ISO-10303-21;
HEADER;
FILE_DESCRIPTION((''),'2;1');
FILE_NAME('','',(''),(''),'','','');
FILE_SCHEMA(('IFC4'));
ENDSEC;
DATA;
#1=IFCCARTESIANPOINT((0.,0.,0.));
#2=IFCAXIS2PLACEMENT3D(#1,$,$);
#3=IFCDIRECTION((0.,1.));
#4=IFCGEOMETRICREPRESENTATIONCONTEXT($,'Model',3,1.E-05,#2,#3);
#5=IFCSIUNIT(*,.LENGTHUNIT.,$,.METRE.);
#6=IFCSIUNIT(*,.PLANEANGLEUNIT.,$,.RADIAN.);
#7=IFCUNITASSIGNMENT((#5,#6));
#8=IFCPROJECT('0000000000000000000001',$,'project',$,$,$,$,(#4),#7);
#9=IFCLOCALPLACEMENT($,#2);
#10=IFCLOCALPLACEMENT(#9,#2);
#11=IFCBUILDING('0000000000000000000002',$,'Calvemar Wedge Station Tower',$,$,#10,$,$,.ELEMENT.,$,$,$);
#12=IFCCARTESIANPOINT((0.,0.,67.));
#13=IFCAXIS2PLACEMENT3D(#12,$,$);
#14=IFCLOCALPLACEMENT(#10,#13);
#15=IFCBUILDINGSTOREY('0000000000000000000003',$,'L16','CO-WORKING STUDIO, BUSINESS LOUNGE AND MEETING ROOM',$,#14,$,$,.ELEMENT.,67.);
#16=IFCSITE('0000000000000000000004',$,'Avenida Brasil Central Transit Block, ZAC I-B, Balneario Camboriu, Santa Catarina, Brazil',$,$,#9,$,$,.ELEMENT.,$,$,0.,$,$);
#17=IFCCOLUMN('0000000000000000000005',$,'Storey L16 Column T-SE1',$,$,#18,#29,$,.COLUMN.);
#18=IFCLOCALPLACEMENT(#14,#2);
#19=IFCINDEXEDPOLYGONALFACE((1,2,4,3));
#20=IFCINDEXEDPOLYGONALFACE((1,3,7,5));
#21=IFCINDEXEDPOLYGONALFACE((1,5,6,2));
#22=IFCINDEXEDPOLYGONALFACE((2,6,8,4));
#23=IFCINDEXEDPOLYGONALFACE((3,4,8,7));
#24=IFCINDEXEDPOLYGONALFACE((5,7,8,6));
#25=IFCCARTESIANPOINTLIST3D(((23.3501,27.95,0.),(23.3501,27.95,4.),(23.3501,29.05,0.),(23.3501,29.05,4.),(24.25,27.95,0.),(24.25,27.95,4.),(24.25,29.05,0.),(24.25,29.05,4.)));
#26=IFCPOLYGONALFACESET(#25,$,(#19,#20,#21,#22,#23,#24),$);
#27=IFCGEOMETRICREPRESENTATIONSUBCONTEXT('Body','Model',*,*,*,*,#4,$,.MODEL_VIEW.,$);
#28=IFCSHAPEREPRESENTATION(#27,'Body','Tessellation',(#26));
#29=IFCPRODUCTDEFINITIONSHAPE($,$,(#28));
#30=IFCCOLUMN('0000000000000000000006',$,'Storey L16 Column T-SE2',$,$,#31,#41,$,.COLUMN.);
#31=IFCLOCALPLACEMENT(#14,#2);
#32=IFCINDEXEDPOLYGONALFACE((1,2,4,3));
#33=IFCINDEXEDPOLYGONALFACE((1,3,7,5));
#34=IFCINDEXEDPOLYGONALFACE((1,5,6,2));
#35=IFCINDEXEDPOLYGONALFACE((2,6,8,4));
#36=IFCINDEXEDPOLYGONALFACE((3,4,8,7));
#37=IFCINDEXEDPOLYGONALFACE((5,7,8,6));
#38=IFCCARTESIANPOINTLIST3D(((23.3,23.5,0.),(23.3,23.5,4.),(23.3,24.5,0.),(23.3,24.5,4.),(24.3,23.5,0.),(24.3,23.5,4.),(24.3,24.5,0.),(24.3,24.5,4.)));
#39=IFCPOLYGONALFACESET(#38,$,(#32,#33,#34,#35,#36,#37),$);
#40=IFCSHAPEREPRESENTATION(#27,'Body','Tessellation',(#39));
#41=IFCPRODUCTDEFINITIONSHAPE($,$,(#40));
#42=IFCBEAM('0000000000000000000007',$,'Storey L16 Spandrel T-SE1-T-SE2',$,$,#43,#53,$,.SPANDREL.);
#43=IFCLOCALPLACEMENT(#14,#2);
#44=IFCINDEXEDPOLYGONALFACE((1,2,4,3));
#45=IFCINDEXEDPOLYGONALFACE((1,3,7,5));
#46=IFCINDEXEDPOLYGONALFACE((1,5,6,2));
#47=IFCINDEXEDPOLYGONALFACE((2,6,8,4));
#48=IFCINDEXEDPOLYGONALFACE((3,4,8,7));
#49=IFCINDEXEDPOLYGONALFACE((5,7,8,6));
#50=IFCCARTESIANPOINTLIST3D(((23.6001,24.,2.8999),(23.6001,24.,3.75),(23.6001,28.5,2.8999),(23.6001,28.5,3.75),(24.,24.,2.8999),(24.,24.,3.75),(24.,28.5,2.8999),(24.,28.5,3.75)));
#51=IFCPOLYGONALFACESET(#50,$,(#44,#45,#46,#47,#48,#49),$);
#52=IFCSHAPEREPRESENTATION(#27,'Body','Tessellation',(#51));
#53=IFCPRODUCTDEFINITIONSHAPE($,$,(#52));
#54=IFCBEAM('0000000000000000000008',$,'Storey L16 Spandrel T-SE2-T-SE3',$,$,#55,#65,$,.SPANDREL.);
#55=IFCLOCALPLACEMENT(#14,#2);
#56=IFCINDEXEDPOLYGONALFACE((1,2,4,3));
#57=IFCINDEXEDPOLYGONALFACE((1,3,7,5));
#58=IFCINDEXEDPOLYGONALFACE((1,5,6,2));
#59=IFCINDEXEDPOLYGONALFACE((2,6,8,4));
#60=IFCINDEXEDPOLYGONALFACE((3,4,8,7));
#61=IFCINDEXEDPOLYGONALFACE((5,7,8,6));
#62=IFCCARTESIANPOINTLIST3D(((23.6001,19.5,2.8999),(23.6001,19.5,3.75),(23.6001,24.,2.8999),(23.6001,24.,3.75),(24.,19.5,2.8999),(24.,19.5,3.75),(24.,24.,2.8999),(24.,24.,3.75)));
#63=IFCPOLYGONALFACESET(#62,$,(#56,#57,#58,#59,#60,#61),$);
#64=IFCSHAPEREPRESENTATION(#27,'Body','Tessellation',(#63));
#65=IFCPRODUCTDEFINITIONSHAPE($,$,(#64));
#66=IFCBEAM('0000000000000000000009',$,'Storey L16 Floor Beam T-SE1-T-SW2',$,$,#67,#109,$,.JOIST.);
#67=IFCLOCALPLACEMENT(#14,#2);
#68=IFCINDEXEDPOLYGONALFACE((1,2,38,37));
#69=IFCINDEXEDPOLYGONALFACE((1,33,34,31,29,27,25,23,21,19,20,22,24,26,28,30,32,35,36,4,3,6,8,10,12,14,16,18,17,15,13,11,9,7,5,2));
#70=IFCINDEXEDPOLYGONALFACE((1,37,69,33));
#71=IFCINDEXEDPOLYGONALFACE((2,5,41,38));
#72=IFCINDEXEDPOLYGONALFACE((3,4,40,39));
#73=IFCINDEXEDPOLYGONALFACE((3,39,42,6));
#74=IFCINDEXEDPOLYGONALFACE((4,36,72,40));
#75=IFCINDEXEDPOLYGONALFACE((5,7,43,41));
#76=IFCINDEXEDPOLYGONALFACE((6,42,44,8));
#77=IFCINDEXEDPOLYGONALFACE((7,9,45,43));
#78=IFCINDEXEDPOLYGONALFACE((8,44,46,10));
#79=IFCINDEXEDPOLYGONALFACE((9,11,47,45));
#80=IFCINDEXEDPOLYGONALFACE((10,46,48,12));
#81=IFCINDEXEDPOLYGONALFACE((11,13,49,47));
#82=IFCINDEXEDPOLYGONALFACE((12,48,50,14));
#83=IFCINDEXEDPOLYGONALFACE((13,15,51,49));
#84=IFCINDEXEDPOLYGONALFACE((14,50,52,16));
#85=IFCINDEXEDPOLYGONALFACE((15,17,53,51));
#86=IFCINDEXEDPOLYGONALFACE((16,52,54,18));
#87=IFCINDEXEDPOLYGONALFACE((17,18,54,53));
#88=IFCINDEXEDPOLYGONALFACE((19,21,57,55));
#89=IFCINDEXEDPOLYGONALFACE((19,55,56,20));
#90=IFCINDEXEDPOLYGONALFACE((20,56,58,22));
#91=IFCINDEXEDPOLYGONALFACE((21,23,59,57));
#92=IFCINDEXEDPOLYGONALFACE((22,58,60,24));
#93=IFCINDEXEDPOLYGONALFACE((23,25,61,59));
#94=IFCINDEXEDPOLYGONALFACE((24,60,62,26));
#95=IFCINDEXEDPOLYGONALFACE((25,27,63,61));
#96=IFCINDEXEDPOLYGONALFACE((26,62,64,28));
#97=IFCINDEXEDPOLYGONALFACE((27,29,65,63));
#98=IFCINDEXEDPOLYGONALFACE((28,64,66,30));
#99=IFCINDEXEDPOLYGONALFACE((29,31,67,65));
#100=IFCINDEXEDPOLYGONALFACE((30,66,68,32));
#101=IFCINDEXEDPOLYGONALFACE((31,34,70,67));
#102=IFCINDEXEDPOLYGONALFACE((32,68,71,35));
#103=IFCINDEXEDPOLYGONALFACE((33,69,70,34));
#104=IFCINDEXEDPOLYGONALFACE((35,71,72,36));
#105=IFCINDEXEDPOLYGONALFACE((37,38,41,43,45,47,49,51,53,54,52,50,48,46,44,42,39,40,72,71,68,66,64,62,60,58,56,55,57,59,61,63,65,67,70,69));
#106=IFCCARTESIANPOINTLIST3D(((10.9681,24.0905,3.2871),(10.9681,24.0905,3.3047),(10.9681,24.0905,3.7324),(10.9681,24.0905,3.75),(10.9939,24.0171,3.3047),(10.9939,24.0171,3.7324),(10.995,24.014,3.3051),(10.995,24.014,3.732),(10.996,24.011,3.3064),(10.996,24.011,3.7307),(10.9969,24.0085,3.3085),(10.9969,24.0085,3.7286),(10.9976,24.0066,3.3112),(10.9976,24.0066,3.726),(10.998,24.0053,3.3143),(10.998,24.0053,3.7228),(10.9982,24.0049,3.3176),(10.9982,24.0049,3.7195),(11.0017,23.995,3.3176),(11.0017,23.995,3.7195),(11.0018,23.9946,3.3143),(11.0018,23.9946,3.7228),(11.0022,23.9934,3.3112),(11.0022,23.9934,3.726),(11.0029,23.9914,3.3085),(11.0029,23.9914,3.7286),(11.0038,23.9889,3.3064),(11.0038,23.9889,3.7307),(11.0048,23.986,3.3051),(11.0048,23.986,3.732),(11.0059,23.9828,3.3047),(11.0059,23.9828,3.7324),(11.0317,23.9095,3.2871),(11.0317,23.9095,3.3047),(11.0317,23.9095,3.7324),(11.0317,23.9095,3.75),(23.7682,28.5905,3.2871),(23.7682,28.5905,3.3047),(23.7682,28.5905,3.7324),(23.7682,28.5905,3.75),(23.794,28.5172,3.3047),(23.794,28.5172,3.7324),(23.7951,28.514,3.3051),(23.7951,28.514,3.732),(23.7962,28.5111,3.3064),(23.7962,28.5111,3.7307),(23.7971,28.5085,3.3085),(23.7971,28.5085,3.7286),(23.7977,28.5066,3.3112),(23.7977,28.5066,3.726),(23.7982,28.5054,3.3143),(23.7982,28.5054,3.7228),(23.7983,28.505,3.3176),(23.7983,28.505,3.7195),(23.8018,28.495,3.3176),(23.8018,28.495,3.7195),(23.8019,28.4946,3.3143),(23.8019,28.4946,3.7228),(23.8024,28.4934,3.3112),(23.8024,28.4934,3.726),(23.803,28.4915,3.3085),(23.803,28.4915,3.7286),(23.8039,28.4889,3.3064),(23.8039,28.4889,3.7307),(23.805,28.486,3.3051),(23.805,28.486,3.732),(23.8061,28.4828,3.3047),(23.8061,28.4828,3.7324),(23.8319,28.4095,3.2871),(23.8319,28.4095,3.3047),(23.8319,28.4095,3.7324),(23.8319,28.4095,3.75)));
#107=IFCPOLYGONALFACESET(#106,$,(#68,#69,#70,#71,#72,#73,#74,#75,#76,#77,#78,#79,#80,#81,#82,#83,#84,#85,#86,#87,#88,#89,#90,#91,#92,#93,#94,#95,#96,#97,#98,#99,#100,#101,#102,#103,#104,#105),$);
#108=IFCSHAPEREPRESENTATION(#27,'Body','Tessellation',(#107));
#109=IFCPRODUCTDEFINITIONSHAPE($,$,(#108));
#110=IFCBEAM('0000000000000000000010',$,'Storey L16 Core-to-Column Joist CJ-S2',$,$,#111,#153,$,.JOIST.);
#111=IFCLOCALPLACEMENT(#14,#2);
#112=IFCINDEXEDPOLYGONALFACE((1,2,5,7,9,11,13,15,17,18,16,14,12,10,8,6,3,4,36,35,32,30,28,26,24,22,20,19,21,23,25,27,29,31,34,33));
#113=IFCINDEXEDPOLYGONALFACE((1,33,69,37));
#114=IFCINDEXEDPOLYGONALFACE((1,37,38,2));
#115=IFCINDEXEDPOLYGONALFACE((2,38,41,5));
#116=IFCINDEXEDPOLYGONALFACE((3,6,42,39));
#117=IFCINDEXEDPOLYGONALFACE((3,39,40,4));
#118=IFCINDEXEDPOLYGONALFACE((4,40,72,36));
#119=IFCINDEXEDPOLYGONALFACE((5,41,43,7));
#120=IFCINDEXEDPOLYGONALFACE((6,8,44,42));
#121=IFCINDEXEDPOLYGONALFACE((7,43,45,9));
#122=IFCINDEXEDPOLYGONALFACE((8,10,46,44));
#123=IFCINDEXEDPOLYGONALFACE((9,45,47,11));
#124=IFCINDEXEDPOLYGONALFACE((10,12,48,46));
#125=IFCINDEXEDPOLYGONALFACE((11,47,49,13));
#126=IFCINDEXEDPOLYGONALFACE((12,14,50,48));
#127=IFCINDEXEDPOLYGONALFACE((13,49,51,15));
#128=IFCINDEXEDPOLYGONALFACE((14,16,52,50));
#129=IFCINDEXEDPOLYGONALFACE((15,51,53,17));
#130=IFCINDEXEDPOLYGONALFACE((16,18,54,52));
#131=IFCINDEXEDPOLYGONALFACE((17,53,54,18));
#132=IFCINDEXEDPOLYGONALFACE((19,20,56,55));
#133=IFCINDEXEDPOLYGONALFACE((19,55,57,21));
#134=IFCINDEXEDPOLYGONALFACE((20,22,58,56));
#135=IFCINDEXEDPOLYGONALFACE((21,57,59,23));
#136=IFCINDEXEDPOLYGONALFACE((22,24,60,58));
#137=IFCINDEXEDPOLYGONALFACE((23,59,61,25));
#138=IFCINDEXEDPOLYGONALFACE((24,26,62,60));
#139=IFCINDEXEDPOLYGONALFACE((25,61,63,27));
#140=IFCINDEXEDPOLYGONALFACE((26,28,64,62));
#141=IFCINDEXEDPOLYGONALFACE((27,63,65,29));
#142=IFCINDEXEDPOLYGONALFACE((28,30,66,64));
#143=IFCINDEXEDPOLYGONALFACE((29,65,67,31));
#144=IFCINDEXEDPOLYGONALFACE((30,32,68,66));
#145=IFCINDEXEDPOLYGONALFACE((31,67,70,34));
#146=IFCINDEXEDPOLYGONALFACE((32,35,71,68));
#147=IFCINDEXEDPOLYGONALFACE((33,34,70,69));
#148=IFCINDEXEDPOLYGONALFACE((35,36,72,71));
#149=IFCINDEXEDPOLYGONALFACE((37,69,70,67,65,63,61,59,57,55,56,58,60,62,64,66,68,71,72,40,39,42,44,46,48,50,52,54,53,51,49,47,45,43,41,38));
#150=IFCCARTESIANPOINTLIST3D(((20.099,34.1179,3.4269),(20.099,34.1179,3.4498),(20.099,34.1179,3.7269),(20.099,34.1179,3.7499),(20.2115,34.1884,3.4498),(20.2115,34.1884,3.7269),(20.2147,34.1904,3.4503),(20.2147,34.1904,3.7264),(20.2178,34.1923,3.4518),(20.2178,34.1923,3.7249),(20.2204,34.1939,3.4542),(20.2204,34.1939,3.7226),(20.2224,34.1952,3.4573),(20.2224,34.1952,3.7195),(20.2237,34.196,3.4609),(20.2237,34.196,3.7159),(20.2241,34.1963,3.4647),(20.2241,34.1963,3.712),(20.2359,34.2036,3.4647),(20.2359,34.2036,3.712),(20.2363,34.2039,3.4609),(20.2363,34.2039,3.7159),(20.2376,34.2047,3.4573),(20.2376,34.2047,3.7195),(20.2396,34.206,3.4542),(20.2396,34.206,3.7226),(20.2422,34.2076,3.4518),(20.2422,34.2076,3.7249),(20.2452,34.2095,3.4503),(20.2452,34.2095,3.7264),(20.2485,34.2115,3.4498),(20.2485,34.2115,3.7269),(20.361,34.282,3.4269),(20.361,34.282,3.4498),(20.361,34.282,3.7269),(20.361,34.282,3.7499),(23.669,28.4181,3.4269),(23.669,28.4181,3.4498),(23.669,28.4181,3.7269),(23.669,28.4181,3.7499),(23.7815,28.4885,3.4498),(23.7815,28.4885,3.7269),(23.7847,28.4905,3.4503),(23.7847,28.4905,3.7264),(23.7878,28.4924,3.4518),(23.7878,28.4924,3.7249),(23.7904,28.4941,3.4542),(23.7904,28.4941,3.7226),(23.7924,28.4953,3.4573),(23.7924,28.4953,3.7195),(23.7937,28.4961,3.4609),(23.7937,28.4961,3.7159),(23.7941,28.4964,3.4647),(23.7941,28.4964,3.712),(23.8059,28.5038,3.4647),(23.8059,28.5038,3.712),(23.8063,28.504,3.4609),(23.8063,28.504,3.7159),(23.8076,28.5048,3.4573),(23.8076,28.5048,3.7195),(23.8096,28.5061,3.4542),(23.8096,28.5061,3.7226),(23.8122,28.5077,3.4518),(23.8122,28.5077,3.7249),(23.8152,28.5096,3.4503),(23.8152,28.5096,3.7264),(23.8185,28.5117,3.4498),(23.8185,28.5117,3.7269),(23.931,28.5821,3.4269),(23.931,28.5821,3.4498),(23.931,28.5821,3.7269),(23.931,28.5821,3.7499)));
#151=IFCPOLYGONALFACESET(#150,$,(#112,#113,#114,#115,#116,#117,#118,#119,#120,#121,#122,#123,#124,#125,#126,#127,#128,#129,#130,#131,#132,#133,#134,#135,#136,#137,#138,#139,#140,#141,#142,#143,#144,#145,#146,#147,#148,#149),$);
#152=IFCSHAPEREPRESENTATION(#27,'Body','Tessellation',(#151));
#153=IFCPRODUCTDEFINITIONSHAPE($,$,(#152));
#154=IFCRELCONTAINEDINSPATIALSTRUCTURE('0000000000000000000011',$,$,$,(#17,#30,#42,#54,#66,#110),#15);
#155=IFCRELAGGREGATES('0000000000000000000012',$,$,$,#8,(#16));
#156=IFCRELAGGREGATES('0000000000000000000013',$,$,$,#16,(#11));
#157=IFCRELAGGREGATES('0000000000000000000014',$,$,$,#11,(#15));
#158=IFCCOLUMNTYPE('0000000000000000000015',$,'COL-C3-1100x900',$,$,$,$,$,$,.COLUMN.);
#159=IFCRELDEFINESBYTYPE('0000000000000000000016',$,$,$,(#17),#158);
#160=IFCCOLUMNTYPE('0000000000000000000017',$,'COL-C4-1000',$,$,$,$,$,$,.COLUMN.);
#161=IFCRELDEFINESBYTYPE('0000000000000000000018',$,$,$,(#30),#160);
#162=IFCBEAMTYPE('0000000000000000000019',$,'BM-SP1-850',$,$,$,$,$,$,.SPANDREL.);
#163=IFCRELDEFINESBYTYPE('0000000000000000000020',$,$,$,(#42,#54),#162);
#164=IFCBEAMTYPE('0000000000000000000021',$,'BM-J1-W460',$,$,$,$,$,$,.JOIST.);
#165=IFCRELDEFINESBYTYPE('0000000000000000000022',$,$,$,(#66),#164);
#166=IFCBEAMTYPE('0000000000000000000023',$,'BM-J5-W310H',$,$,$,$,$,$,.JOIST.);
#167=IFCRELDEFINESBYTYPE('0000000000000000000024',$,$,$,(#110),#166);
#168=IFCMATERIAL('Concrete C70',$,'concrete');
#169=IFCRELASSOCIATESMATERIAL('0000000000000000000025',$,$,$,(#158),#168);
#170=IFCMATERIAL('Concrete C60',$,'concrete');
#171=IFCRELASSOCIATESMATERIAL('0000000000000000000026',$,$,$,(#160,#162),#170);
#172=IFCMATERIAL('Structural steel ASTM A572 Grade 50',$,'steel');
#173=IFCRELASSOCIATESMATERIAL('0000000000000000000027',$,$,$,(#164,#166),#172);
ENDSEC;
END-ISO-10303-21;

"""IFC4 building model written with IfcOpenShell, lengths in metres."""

from ifc_helpers import new_model, si_unit, direction, frame, origin, origin_2d, place, context, subcontext, project, spatial, rectangle, i_section, extrude, source, transform, mapped, material, material_profile, profile_set, type_object, element, save


model = new_model("IFC4")

# Units and contexts
model_context = context("Model", 3, precision=1e-05, world=origin(), true_north=direction((0.0, 1.0)))
body_context = subcontext(model_context, "Body", "Model", "MODEL_VIEW")
ifc_project = project(units=[si_unit("LENGTHUNIT", "METRE"), si_unit("PLANEANGLEUNIT", "RADIAN")], contexts=[model_context])

# Site, building, storey
site_placement = place(None, origin())
site = spatial("IfcSite", under=ifc_project, at=site_placement, Name="Avenida Brasil Central Transit Block, ZAC I-B, Balneario Camboriu, Santa Catarina, Brazil", CompositionType="ELEMENT", RefElevation=0.0)
building_placement = place(site_placement, origin())
building = spatial("IfcBuilding", under=site, at=building_placement, Name="Calvemar Wedge Station Tower", CompositionType="ELEMENT")
storey_placement = place(building_placement, frame((0.0, 0.0, 67.0)))
storey = spatial("IfcBuildingStorey", under=building, at=storey_placement, Name="L16", Description="CO-WORKING STUDIO, BUSINESS LOUNGE AND MEETING ROOM", CompositionType="ELEMENT", Elevation=67.0)

# Columns
ifc_material_1 = material(Name="Concrete C70", Category="concrete")
ifc_material_profile_1 = material_profile(ifc_material_1, rectangle(XDim=0.8999, YDim=1.1001, at=origin_2d()), Name="RC1100x900")
ifc_profile_set_1 = profile_set([ifc_material_profile_1], Name="Concrete C70")
column_type_1 = type_object("IfcColumnType", Name="COL-C3-1100x900", PredefinedType="COLUMN", material=ifc_profile_set_1)
shared_shape_1 = source(origin(), body_context, "Body", "SweptSolid", [
    extrude(rectangle(XDim=0.8999, YDim=1.1001, at=origin_2d()), origin(), (0.0, 0.0, 1.0), 4.0),
])
column_1_placement = place(storey_placement, frame((23.8, 28.5, 0.0), z_axis=(0.0, 0.0, 1.0), x_axis=(1.0, 0.0, 0.0)))
element("IfcColumn", 1, at=column_1_placement, inside=storey, type_object=column_type_1, Name="Storey L16 Column T-SE1", PredefinedType="COLUMN", context=body_context, shape_type="MappedRepresentation", body=[
    mapped(shared_shape_1, transform((0.0, 0.0, 0.0), scale=1.0)),
])
ifc_material_2 = material(Name="Concrete C60", Category="concrete")
ifc_material_profile_2 = material_profile(ifc_material_2, rectangle(XDim=1.0, YDim=1.0, at=origin_2d()), Name="RC1000x1000")
ifc_profile_set_2 = profile_set([ifc_material_profile_2], Name="Concrete C60")
column_type_2 = type_object("IfcColumnType", Name="COL-C4-1000", PredefinedType="COLUMN", material=ifc_profile_set_2)
shared_shape_2 = source(origin(), body_context, "Body", "SweptSolid", [
    extrude(rectangle(XDim=1.0, YDim=1.0, at=origin_2d()), origin(), (0.0, 0.0, 1.0), 4.0),
])
column_2_placement = place(storey_placement, frame((23.8, 24.0, 0.0), z_axis=(0.0, 0.0, 1.0), x_axis=(1.0, 0.0, 0.0)))
element("IfcColumn", 2, at=column_2_placement, inside=storey, type_object=column_type_2, Name="Storey L16 Column T-SE2", PredefinedType="COLUMN", context=body_context, shape_type="MappedRepresentation", body=[
    mapped(shared_shape_2, transform((0.0, 0.0, 0.0), scale=1.0)),
])

# Beams
ifc_material_profile_3 = material_profile(ifc_material_2, rectangle(XDim=0.3999, YDim=0.8501, at=origin_2d()), Name="RC400x850")
ifc_profile_set_3 = profile_set([ifc_material_profile_3], Name="Concrete C60")
beam_type_1 = type_object("IfcBeamType", Name="BM-SP1-850", PredefinedType="SPANDREL", material=ifc_profile_set_3)
shared_shape_3 = source(origin(), body_context, "Body", "SweptSolid", [
    extrude(rectangle(XDim=0.3999, YDim=0.8501, at=origin_2d()), origin(), (0.0, 0.0, 1.0), 4.5),
])
for number, where, z_axis, x_axis, name in (
    (3, (23.8, 28.5, 3.325), (0.0, -1.0, 0.0), (1.0, 0.0, 0.0), "Storey L16 Spandrel T-SE1-T-SE2"),
    (4, (23.8, 24.0, 3.325), (0.0, -1.0, 0.0), (1.0, 0.0, 0.0), "Storey L16 Spandrel T-SE2-T-SE3"),
):
    element("IfcBeam", number, at=place(storey_placement, frame(where, z_axis=z_axis, x_axis=x_axis)), inside=storey, type_object=beam_type_1, Name=name, PredefinedType="SPANDREL", context=body_context, shape_type="MappedRepresentation", body=[
        mapped(shared_shape_3, transform((0.0, 0.0, 0.0), scale=1.0)),
    ])
ifc_material_3 = material(Name="Structural steel ASTM A572 Grade 50", Category="steel")
ifc_material_profile_4 = material_profile(ifc_material_3, i_section(OverallWidth=0.1919, OverallDepth=0.4629, WebThickness=0.0105, FlangeThickness=0.0176, FilletRadius=0.0129, at=origin_2d()), Name="W460x89")
ifc_profile_set_4 = profile_set([ifc_material_profile_4], Name="Structural steel ASTM A572 Grade 50")
beam_type_2 = type_object("IfcBeamType", Name="BM-J1-W460", PredefinedType="JOIST", material=ifc_profile_set_4)
shared_shape_4 = source(origin(), body_context, "Body", "SweptSolid", [
    extrude(i_section(OverallWidth=0.1919, OverallDepth=0.4629, WebThickness=0.0105, FlangeThickness=0.0176, FilletRadius=0.0129, at=origin_2d()), origin(), (0.0, 0.0, 1.0), 13.5681),
])
beam_1_placement = place(storey_placement, frame((23.8, 28.5, 3.5186), z_axis=(-0.943398, -0.331662, 0.0), x_axis=(0.331662, -0.943398, 0.0)))
element("IfcBeam", 5, at=beam_1_placement, inside=storey, type_object=beam_type_2, Name="Storey L16 Floor Beam T-SE1-T-SW2", PredefinedType="JOIST", context=body_context, shape_type="MappedRepresentation", body=[
    mapped(shared_shape_4, transform((0.0, 0.0, 0.0), scale=1.0)),
])
ifc_material_profile_5 = material_profile(ifc_material_3, i_section(OverallWidth=0.3091, OverallDepth=0.323, WebThickness=0.0139, FlangeThickness=0.0229, FilletRadius=0.0149, at=origin_2d()), Name="W310x143")
ifc_profile_set_5 = profile_set([ifc_material_profile_5], Name="Structural steel ASTM A572 Grade 50")
beam_type_3 = type_object("IfcBeamType", Name="BM-J5-W310H", PredefinedType="JOIST", material=ifc_profile_set_5)
shared_shape_5 = source(origin(), body_context, "Body", "SweptSolid", [
    extrude(i_section(OverallWidth=0.3091, OverallDepth=0.323, WebThickness=0.0139, FlangeThickness=0.0229, FilletRadius=0.0149, at=origin_2d()), origin(), (0.0, 0.0, 1.0), 6.7256),
])
beam_2_placement = place(storey_placement, frame((20.23, 34.2, 3.5884), z_axis=(0.530811, -0.84749, 0.0), x_axis=(0.84749, 0.530811, 0.0)))
element("IfcBeam", 6, at=beam_2_placement, inside=storey, type_object=beam_type_3, Name="Storey L16 Core-to-Column Joist CJ-S2", PredefinedType="JOIST", context=body_context, shape_type="MappedRepresentation", body=[
    mapped(shared_shape_5, transform((0.0, 0.0, 0.0), scale=1.0)),
])

save(model, "model.ifc")
